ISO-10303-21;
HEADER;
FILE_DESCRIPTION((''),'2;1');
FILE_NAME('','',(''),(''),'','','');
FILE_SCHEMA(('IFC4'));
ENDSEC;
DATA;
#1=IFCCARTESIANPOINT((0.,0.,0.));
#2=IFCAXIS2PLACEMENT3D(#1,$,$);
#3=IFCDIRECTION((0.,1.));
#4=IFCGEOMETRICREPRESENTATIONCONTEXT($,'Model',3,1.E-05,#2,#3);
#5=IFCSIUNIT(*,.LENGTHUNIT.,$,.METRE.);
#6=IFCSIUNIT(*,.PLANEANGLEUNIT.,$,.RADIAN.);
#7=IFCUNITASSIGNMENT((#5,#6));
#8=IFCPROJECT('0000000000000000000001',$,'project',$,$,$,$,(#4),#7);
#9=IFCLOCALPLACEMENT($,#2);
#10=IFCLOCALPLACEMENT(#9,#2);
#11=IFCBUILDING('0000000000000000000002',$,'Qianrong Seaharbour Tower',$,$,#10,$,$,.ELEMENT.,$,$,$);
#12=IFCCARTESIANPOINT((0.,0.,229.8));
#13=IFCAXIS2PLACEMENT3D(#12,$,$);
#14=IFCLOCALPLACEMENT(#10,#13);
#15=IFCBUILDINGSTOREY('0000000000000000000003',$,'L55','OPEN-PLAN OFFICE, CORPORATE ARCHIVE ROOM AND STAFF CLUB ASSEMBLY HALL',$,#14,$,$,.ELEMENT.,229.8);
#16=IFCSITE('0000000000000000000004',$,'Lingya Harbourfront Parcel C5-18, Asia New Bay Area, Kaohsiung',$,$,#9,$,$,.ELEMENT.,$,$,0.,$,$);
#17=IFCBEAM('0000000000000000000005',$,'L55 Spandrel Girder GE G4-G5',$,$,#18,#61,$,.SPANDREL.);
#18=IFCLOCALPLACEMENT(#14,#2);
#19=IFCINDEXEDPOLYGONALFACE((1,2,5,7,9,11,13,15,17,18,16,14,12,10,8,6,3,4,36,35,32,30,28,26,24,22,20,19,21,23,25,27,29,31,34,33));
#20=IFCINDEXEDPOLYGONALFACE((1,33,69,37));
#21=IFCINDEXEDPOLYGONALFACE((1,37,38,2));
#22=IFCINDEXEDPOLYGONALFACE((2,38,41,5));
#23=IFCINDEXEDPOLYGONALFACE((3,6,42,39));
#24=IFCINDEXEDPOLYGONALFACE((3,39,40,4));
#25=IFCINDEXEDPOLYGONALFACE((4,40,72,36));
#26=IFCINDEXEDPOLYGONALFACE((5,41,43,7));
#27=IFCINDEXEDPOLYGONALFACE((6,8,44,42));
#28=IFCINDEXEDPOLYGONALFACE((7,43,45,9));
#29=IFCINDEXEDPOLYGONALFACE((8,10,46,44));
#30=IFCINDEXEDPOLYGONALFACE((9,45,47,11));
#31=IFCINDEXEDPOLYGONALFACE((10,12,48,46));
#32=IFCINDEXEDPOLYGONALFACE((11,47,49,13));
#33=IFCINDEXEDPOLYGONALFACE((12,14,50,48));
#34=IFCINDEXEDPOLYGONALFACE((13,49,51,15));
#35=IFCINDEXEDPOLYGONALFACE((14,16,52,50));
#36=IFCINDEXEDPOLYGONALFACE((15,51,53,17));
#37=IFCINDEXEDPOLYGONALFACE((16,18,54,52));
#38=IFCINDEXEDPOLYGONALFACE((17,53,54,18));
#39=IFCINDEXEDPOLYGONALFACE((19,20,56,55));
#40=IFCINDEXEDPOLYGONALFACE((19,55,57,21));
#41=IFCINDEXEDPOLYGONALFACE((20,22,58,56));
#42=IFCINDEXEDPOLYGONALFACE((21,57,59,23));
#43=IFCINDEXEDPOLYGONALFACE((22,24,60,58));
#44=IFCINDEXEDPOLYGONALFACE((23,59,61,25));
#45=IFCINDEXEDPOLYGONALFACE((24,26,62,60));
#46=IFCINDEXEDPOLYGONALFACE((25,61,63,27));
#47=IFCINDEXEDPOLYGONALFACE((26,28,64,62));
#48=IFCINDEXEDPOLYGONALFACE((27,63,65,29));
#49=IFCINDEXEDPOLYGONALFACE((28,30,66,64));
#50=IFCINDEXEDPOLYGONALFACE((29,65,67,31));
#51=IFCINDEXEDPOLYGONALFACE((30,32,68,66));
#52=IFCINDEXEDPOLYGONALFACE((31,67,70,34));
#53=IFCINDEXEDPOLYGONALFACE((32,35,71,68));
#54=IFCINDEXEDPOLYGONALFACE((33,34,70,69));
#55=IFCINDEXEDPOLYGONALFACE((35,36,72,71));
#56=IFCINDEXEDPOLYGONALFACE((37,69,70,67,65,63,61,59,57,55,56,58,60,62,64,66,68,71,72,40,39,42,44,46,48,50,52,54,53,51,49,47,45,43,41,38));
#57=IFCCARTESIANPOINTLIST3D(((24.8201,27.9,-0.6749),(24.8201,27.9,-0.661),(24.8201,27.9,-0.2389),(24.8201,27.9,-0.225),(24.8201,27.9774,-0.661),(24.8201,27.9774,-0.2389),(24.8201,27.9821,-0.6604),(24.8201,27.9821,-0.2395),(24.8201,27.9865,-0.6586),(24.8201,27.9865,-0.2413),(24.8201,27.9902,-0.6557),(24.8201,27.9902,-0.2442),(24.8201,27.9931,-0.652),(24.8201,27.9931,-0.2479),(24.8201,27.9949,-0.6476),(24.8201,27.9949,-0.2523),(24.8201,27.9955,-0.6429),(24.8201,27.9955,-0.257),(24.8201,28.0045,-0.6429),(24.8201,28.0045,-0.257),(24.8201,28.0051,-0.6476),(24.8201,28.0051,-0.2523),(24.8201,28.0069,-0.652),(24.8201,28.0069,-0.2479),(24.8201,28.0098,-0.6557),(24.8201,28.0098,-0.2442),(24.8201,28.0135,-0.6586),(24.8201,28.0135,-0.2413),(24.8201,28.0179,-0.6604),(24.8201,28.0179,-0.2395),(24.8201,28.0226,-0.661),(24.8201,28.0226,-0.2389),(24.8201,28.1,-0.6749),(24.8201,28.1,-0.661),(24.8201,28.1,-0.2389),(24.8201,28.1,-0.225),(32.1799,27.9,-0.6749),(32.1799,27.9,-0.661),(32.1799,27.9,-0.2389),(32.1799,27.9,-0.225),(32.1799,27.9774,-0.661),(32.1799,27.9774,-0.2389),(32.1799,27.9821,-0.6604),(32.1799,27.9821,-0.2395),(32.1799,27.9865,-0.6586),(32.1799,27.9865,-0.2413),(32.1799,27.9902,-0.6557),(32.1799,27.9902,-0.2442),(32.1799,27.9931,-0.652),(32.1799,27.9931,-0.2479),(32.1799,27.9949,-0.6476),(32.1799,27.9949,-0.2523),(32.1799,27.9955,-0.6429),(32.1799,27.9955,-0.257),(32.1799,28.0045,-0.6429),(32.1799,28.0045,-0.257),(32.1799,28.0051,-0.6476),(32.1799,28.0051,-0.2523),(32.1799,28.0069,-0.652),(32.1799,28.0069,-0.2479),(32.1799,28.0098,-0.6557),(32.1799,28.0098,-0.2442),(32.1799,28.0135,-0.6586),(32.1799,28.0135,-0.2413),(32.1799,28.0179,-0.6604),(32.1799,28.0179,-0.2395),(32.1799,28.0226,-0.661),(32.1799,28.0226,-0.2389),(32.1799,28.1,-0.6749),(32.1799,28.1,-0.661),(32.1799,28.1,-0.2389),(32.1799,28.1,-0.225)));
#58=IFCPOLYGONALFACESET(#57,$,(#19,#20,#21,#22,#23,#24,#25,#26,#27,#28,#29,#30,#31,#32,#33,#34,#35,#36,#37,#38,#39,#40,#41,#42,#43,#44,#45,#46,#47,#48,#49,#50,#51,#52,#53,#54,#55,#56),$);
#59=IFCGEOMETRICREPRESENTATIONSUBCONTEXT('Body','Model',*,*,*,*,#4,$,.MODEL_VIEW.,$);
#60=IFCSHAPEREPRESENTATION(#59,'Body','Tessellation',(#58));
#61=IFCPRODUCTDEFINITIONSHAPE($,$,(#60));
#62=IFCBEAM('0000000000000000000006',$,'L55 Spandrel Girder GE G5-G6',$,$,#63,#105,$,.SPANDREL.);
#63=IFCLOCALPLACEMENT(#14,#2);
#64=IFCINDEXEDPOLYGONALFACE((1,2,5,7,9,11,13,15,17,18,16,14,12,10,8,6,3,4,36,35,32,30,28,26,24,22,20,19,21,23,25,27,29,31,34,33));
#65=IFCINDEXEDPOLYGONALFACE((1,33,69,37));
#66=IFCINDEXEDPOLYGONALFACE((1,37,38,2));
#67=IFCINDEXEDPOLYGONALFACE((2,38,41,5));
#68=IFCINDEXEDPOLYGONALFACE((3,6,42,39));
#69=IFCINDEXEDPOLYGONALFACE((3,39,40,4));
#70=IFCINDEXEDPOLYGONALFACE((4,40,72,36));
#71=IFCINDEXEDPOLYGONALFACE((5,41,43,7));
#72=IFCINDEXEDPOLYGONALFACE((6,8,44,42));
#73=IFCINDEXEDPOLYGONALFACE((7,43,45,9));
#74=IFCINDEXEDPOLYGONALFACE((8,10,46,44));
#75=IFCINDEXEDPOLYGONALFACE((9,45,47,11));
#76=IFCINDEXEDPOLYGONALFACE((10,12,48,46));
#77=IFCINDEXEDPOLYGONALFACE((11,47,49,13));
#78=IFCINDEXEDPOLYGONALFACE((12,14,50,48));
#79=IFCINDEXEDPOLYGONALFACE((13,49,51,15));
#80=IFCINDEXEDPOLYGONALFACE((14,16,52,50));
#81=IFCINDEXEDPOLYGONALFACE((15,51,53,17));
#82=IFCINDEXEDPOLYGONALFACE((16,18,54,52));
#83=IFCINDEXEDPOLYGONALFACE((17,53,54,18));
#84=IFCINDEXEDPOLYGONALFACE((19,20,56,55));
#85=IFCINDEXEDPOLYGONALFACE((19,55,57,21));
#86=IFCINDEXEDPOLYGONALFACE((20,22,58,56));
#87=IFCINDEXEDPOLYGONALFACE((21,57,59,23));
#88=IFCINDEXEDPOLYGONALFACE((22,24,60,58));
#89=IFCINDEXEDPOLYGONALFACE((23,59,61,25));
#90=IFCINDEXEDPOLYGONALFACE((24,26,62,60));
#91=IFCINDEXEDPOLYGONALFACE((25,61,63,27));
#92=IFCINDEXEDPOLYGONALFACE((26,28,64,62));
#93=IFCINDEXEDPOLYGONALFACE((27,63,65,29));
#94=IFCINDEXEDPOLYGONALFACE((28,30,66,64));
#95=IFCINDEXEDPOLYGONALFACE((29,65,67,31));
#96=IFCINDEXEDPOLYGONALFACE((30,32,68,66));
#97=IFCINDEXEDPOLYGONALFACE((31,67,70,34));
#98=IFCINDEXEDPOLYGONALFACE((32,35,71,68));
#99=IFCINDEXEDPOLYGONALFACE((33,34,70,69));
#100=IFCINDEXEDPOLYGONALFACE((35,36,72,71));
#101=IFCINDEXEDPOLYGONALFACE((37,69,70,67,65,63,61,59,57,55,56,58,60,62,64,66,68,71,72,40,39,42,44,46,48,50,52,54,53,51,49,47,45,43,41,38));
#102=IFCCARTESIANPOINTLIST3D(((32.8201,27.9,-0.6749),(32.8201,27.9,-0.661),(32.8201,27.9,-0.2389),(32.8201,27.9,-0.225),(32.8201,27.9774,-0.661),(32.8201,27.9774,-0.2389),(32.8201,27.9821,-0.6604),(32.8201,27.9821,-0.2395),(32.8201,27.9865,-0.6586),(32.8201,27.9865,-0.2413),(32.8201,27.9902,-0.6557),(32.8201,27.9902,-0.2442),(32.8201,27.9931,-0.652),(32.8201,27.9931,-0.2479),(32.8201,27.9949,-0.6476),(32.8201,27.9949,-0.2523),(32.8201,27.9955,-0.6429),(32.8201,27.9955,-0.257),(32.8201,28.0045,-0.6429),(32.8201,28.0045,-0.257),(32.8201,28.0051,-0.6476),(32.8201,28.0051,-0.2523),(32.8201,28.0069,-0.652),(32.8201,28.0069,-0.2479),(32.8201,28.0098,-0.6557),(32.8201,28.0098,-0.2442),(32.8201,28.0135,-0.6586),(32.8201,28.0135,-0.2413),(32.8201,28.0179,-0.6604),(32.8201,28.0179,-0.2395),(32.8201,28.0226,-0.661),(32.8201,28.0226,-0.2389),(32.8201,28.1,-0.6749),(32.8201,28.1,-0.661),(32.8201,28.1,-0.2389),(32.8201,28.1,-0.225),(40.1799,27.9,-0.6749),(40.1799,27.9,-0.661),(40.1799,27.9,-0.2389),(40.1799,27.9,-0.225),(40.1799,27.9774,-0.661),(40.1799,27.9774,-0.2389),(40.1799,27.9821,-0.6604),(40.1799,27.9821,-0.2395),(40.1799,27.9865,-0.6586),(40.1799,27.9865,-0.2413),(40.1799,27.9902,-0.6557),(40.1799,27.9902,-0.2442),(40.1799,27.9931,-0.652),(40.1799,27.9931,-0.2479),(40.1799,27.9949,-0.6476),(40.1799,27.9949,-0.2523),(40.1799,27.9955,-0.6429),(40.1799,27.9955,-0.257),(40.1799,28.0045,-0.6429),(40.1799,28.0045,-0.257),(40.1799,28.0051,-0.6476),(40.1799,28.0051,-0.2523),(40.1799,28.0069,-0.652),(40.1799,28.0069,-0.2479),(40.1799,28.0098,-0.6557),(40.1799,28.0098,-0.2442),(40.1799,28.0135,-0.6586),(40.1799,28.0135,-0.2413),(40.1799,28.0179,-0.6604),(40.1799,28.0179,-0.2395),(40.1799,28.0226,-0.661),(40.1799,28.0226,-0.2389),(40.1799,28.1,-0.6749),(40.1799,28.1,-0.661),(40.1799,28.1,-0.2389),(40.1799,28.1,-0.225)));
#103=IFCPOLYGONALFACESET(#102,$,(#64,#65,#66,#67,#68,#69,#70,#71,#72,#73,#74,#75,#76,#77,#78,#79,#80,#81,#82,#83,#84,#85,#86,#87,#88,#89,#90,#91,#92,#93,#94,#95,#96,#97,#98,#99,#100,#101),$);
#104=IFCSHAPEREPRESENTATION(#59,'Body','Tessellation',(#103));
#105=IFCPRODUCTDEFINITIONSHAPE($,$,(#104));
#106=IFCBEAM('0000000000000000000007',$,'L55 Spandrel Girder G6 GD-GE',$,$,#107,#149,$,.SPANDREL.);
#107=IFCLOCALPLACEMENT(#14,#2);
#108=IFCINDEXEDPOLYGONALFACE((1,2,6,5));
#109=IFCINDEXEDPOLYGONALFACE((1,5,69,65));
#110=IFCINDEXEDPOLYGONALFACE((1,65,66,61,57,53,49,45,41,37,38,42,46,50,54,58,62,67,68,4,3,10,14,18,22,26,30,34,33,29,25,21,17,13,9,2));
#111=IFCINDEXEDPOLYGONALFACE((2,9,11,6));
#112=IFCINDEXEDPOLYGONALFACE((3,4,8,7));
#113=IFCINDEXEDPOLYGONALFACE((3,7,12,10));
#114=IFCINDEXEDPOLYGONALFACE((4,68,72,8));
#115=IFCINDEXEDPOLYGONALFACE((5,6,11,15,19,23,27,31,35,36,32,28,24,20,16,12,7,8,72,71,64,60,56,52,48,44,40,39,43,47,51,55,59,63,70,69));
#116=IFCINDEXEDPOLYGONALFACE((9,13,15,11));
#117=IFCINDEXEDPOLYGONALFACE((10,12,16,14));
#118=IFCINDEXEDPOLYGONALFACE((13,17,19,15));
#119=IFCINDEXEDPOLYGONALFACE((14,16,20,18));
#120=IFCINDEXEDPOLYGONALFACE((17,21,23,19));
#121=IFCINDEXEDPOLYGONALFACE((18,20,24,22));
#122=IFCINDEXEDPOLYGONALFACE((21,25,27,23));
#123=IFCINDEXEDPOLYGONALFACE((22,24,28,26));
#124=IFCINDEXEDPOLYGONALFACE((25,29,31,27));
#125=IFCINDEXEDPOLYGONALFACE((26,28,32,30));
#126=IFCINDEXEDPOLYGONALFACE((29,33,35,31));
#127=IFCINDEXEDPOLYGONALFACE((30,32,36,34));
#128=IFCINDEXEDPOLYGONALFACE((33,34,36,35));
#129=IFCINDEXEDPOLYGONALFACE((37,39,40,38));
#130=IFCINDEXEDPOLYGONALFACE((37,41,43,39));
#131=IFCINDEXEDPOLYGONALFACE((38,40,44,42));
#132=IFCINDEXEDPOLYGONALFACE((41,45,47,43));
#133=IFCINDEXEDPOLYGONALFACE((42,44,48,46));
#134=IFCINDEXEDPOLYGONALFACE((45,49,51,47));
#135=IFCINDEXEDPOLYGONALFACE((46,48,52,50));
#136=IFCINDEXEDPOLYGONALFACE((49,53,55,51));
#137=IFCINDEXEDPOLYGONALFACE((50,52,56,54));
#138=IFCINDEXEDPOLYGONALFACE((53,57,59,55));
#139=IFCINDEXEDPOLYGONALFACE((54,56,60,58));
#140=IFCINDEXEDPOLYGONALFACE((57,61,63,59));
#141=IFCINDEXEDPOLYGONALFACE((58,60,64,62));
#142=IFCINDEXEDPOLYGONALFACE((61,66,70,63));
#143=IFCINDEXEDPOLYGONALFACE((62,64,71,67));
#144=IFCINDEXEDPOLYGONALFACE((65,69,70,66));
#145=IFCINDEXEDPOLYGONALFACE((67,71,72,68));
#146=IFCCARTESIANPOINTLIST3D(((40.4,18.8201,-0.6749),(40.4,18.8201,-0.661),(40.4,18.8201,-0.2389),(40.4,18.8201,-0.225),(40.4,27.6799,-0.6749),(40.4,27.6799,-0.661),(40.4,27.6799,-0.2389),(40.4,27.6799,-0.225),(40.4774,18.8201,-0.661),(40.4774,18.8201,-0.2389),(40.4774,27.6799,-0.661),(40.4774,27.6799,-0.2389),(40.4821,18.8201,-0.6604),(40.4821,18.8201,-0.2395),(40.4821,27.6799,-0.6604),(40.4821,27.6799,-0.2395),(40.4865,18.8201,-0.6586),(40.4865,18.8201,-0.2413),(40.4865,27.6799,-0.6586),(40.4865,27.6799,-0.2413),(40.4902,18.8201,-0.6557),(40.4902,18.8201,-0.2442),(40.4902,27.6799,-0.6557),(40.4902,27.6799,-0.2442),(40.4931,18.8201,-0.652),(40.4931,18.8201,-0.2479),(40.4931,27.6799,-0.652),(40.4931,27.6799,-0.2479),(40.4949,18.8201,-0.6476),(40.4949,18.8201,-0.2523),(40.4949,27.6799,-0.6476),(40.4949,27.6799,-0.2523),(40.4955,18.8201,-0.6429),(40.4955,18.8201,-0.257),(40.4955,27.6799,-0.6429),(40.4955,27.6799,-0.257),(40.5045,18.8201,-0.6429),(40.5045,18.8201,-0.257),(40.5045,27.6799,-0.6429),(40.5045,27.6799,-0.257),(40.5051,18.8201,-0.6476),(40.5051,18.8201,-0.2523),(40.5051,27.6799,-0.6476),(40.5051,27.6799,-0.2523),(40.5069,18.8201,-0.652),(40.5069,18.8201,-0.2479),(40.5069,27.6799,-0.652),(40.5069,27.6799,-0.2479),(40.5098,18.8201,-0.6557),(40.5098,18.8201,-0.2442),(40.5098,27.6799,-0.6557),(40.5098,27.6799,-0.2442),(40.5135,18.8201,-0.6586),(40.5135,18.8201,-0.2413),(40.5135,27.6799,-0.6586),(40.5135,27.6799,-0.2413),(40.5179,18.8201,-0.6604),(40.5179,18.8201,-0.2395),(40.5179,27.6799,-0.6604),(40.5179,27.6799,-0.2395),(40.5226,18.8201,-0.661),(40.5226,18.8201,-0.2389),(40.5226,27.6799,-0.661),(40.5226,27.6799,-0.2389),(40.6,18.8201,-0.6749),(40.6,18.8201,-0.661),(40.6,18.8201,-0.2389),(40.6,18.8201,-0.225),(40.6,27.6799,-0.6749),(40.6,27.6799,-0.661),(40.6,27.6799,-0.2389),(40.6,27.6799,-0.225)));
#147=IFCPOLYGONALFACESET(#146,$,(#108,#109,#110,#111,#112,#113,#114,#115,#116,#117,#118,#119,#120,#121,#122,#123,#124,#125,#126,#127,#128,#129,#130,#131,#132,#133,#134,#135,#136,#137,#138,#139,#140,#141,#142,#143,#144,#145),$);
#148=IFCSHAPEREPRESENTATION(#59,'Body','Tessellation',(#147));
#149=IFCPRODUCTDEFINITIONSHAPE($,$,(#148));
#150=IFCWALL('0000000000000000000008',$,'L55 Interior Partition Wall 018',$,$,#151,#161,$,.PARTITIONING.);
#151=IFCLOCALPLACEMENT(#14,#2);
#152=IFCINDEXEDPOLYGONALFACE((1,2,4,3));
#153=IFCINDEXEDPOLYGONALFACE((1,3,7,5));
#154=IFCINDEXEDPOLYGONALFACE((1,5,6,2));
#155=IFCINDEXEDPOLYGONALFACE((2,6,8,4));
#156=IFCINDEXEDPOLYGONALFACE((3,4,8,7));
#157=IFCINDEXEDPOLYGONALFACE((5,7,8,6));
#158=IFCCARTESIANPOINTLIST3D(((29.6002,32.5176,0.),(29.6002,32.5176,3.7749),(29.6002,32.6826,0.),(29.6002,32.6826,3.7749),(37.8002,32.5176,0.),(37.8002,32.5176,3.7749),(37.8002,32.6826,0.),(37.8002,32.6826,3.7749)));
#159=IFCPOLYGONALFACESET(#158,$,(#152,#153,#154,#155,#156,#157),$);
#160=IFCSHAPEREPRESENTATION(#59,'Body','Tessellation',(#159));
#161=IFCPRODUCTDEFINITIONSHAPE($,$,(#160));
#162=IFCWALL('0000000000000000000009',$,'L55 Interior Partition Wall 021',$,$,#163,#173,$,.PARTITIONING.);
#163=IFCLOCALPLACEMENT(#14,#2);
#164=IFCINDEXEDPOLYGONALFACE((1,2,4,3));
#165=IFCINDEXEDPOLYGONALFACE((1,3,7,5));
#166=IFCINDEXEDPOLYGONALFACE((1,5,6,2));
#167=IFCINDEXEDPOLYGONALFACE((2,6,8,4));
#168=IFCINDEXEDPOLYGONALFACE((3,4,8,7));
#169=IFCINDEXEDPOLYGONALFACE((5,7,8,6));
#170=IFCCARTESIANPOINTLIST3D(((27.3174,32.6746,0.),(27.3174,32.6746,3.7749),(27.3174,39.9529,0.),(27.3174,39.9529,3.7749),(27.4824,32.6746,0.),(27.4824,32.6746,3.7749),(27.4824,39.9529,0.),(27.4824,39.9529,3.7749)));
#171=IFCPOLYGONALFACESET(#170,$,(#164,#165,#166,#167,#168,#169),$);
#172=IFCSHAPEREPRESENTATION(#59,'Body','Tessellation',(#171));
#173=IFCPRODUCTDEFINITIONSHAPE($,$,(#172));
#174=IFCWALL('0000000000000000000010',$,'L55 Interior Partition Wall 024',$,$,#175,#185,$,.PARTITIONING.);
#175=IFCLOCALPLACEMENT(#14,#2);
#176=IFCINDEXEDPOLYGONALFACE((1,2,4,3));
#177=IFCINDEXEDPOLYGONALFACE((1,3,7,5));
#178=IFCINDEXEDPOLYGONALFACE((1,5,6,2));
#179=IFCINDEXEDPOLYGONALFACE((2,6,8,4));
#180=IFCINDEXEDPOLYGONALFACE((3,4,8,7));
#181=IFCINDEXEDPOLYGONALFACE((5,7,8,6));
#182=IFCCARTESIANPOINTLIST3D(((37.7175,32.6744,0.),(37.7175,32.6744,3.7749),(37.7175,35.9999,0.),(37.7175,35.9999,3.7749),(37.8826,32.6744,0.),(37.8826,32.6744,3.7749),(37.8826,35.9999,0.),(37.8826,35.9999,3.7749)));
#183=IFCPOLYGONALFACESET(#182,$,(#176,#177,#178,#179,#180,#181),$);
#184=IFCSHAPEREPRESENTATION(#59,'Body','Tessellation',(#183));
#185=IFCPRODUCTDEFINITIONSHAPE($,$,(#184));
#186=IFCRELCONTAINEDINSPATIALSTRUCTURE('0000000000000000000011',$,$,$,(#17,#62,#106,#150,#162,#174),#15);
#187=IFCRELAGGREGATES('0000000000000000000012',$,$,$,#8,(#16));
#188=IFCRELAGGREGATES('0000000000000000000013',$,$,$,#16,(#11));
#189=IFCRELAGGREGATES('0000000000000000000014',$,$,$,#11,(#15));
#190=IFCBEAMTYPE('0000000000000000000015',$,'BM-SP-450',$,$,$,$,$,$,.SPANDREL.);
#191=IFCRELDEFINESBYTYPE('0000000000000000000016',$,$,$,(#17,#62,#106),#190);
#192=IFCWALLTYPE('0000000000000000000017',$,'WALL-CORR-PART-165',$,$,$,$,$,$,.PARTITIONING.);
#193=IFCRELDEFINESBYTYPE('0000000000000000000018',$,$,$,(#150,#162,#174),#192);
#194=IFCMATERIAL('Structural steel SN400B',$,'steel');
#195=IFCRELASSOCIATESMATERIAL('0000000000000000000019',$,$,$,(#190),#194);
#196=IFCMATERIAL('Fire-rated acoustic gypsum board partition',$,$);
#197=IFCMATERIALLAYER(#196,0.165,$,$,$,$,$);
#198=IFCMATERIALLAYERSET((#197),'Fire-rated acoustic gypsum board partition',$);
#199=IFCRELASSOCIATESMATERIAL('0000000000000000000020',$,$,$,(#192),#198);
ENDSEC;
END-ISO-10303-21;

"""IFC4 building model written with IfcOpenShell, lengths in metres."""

from ifc_helpers import new_model, si_unit, direction, frame, frame_2d, origin, origin_2d, place, context, subcontext, project, spatial, rectangle, i_section, extrude, material, layer, layer_set, material_profile, profile_set, type_object, element, save


model = new_model("IFC4")

# Units and contexts
model_context = context("Model", 3, precision=1e-05, world=origin(), true_north=direction((0.0, 1.0)))
body_context = subcontext(model_context, "Body", "Model", "MODEL_VIEW")
ifc_project = project(units=[si_unit("LENGTHUNIT", "METRE"), si_unit("PLANEANGLEUNIT", "RADIAN")], contexts=[model_context])

# Site, building, storey
site_placement = place(None, origin())
site = spatial("IfcSite", under=ifc_project, at=site_placement, Name="Lingya Harbourfront Parcel C5-18, Asia New Bay Area, Kaohsiung", CompositionType="ELEMENT", RefElevation=0.0)
building_placement = place(site_placement, origin())
building = spatial("IfcBuilding", under=site, at=building_placement, Name="Qianrong Seaharbour Tower", CompositionType="ELEMENT")
storey_placement = place(building_placement, frame((0.0, 0.0, 229.8)))
storey = spatial("IfcBuildingStorey", under=building, at=storey_placement, Name="L55", Description="OPEN-PLAN OFFICE, CORPORATE ARCHIVE ROOM AND STAFF CLUB ASSEMBLY HALL", CompositionType="ELEMENT", Elevation=229.8)

# Beams
ifc_material_1 = material(Name="Structural steel SN400B", Category="steel")
ifc_material_profile_1 = material_profile(ifc_material_1, i_section(OverallWidth=0.2, OverallDepth=0.45, WebThickness=0.009, FlangeThickness=0.0139, FilletRadius=0.0181, at=origin_2d()), Name="H450x200x9x14")
ifc_profile_set_1 = profile_set([ifc_material_profile_1], Name="Structural steel SN400B")
beam_type_1 = type_object("IfcBeamType", Name="BM-SP-450", PredefinedType="SPANDREL", material=ifc_profile_set_1)
for number, where, z_axis, x_axis, name in (
    (1, (24.8201, 28.0, -0.45), (1.0, 0.0, 0.0), (0.0, 1.0, 0.0), "L55 Spandrel Girder GE G4-G5"),
    (2, (32.8201, 28.0, -0.45), (1.0, 0.0, 0.0), (0.0, 1.0, 0.0), "L55 Spandrel Girder GE G5-G6"),
):
    element("IfcBeam", number, at=place(storey_placement, frame(where, z_axis=z_axis, x_axis=x_axis)), inside=storey, type_object=beam_type_1, Name=name, PredefinedType="SPANDREL", context=body_context, shape_type="SweptSolid", body=[
        extrude(i_section(OverallWidth=0.2, OverallDepth=0.45, WebThickness=0.009, FlangeThickness=0.0139, FilletRadius=0.0181, at=origin_2d()), origin(), (0.0, 0.0, 1.0), 7.3599),
    ])
beam_1_placement = place(storey_placement, frame((40.5, 18.8201, -0.45), z_axis=(0.0, 1.0, 0.0), x_axis=(-1.0, 0.0, 0.0)))
element("IfcBeam", 3, at=beam_1_placement, inside=storey, type_object=beam_type_1, Name="L55 Spandrel Girder G6 GD-GE", PredefinedType="SPANDREL", context=body_context, shape_type="SweptSolid", body=[
    extrude(i_section(OverallWidth=0.2, OverallDepth=0.45, WebThickness=0.009, FlangeThickness=0.0139, FilletRadius=0.0181, at=origin_2d()), origin(), (0.0, 0.0, 1.0), 8.8599),
])

# Walls
ifc_material_2 = material(Name="Fire-rated acoustic gypsum board partition")
ifc_layer_1 = layer(ifc_material_2, 0.165)
ifc_layer_set_1 = layer_set([ifc_layer_1], Name="Fire-rated acoustic gypsum board partition")
wall_type_1 = type_object("IfcWallType", Name="WALL-CORR-PART-165", PredefinedType="PARTITIONING", material=ifc_layer_set_1)
wall_1_placement = place(storey_placement, frame((29.6001, 32.6001, 0.0), z_axis=(0.0, 0.0, 1.0), x_axis=(1.0, 0.0, 0.0)))
element("IfcWall", 4, at=wall_1_placement, inside=storey, type_object=wall_type_1, Name="L55 Interior Partition Wall 018", PredefinedType="PARTITIONING", context=body_context, shape_type="SweptSolid", body=[
    extrude(rectangle(XDim=8.2, YDim=0.165, at=frame_2d((4.1001, 0.0))), origin(), (0.0, 0.0, 1.0), 3.7749),
])
wall_2_placement = place(storey_placement, frame((27.3999, 32.6746, 0.0), z_axis=(0.0, 0.0, 1.0), x_axis=(0.0, 1.0, 0.0)))
element("IfcWall", 5, at=wall_2_placement, inside=storey, type_object=wall_type_1, Name="L55 Interior Partition Wall 021", PredefinedType="PARTITIONING", context=body_context, shape_type="SweptSolid", body=[
    extrude(rectangle(XDim=7.2783, YDim=0.165, at=frame_2d((3.6392, 0.0))), origin(), (0.0, 0.0, 1.0), 3.7749),
])
wall_3_placement = place(storey_placement, frame((37.8, 32.6746, 0.0), z_axis=(0.0, 0.0, 1.0), x_axis=(0.0, 1.0, 0.0)))
element("IfcWall", 6, at=wall_3_placement, inside=storey, type_object=wall_type_1, Name="L55 Interior Partition Wall 024", PredefinedType="PARTITIONING", context=body_context, shape_type="SweptSolid", body=[
    extrude(rectangle(XDim=3.3254, YDim=0.165, at=frame_2d((1.6626, 0.0))), origin(), (0.0, 0.0, 1.0), 3.7749),
])

save(model, "model.ifc")
